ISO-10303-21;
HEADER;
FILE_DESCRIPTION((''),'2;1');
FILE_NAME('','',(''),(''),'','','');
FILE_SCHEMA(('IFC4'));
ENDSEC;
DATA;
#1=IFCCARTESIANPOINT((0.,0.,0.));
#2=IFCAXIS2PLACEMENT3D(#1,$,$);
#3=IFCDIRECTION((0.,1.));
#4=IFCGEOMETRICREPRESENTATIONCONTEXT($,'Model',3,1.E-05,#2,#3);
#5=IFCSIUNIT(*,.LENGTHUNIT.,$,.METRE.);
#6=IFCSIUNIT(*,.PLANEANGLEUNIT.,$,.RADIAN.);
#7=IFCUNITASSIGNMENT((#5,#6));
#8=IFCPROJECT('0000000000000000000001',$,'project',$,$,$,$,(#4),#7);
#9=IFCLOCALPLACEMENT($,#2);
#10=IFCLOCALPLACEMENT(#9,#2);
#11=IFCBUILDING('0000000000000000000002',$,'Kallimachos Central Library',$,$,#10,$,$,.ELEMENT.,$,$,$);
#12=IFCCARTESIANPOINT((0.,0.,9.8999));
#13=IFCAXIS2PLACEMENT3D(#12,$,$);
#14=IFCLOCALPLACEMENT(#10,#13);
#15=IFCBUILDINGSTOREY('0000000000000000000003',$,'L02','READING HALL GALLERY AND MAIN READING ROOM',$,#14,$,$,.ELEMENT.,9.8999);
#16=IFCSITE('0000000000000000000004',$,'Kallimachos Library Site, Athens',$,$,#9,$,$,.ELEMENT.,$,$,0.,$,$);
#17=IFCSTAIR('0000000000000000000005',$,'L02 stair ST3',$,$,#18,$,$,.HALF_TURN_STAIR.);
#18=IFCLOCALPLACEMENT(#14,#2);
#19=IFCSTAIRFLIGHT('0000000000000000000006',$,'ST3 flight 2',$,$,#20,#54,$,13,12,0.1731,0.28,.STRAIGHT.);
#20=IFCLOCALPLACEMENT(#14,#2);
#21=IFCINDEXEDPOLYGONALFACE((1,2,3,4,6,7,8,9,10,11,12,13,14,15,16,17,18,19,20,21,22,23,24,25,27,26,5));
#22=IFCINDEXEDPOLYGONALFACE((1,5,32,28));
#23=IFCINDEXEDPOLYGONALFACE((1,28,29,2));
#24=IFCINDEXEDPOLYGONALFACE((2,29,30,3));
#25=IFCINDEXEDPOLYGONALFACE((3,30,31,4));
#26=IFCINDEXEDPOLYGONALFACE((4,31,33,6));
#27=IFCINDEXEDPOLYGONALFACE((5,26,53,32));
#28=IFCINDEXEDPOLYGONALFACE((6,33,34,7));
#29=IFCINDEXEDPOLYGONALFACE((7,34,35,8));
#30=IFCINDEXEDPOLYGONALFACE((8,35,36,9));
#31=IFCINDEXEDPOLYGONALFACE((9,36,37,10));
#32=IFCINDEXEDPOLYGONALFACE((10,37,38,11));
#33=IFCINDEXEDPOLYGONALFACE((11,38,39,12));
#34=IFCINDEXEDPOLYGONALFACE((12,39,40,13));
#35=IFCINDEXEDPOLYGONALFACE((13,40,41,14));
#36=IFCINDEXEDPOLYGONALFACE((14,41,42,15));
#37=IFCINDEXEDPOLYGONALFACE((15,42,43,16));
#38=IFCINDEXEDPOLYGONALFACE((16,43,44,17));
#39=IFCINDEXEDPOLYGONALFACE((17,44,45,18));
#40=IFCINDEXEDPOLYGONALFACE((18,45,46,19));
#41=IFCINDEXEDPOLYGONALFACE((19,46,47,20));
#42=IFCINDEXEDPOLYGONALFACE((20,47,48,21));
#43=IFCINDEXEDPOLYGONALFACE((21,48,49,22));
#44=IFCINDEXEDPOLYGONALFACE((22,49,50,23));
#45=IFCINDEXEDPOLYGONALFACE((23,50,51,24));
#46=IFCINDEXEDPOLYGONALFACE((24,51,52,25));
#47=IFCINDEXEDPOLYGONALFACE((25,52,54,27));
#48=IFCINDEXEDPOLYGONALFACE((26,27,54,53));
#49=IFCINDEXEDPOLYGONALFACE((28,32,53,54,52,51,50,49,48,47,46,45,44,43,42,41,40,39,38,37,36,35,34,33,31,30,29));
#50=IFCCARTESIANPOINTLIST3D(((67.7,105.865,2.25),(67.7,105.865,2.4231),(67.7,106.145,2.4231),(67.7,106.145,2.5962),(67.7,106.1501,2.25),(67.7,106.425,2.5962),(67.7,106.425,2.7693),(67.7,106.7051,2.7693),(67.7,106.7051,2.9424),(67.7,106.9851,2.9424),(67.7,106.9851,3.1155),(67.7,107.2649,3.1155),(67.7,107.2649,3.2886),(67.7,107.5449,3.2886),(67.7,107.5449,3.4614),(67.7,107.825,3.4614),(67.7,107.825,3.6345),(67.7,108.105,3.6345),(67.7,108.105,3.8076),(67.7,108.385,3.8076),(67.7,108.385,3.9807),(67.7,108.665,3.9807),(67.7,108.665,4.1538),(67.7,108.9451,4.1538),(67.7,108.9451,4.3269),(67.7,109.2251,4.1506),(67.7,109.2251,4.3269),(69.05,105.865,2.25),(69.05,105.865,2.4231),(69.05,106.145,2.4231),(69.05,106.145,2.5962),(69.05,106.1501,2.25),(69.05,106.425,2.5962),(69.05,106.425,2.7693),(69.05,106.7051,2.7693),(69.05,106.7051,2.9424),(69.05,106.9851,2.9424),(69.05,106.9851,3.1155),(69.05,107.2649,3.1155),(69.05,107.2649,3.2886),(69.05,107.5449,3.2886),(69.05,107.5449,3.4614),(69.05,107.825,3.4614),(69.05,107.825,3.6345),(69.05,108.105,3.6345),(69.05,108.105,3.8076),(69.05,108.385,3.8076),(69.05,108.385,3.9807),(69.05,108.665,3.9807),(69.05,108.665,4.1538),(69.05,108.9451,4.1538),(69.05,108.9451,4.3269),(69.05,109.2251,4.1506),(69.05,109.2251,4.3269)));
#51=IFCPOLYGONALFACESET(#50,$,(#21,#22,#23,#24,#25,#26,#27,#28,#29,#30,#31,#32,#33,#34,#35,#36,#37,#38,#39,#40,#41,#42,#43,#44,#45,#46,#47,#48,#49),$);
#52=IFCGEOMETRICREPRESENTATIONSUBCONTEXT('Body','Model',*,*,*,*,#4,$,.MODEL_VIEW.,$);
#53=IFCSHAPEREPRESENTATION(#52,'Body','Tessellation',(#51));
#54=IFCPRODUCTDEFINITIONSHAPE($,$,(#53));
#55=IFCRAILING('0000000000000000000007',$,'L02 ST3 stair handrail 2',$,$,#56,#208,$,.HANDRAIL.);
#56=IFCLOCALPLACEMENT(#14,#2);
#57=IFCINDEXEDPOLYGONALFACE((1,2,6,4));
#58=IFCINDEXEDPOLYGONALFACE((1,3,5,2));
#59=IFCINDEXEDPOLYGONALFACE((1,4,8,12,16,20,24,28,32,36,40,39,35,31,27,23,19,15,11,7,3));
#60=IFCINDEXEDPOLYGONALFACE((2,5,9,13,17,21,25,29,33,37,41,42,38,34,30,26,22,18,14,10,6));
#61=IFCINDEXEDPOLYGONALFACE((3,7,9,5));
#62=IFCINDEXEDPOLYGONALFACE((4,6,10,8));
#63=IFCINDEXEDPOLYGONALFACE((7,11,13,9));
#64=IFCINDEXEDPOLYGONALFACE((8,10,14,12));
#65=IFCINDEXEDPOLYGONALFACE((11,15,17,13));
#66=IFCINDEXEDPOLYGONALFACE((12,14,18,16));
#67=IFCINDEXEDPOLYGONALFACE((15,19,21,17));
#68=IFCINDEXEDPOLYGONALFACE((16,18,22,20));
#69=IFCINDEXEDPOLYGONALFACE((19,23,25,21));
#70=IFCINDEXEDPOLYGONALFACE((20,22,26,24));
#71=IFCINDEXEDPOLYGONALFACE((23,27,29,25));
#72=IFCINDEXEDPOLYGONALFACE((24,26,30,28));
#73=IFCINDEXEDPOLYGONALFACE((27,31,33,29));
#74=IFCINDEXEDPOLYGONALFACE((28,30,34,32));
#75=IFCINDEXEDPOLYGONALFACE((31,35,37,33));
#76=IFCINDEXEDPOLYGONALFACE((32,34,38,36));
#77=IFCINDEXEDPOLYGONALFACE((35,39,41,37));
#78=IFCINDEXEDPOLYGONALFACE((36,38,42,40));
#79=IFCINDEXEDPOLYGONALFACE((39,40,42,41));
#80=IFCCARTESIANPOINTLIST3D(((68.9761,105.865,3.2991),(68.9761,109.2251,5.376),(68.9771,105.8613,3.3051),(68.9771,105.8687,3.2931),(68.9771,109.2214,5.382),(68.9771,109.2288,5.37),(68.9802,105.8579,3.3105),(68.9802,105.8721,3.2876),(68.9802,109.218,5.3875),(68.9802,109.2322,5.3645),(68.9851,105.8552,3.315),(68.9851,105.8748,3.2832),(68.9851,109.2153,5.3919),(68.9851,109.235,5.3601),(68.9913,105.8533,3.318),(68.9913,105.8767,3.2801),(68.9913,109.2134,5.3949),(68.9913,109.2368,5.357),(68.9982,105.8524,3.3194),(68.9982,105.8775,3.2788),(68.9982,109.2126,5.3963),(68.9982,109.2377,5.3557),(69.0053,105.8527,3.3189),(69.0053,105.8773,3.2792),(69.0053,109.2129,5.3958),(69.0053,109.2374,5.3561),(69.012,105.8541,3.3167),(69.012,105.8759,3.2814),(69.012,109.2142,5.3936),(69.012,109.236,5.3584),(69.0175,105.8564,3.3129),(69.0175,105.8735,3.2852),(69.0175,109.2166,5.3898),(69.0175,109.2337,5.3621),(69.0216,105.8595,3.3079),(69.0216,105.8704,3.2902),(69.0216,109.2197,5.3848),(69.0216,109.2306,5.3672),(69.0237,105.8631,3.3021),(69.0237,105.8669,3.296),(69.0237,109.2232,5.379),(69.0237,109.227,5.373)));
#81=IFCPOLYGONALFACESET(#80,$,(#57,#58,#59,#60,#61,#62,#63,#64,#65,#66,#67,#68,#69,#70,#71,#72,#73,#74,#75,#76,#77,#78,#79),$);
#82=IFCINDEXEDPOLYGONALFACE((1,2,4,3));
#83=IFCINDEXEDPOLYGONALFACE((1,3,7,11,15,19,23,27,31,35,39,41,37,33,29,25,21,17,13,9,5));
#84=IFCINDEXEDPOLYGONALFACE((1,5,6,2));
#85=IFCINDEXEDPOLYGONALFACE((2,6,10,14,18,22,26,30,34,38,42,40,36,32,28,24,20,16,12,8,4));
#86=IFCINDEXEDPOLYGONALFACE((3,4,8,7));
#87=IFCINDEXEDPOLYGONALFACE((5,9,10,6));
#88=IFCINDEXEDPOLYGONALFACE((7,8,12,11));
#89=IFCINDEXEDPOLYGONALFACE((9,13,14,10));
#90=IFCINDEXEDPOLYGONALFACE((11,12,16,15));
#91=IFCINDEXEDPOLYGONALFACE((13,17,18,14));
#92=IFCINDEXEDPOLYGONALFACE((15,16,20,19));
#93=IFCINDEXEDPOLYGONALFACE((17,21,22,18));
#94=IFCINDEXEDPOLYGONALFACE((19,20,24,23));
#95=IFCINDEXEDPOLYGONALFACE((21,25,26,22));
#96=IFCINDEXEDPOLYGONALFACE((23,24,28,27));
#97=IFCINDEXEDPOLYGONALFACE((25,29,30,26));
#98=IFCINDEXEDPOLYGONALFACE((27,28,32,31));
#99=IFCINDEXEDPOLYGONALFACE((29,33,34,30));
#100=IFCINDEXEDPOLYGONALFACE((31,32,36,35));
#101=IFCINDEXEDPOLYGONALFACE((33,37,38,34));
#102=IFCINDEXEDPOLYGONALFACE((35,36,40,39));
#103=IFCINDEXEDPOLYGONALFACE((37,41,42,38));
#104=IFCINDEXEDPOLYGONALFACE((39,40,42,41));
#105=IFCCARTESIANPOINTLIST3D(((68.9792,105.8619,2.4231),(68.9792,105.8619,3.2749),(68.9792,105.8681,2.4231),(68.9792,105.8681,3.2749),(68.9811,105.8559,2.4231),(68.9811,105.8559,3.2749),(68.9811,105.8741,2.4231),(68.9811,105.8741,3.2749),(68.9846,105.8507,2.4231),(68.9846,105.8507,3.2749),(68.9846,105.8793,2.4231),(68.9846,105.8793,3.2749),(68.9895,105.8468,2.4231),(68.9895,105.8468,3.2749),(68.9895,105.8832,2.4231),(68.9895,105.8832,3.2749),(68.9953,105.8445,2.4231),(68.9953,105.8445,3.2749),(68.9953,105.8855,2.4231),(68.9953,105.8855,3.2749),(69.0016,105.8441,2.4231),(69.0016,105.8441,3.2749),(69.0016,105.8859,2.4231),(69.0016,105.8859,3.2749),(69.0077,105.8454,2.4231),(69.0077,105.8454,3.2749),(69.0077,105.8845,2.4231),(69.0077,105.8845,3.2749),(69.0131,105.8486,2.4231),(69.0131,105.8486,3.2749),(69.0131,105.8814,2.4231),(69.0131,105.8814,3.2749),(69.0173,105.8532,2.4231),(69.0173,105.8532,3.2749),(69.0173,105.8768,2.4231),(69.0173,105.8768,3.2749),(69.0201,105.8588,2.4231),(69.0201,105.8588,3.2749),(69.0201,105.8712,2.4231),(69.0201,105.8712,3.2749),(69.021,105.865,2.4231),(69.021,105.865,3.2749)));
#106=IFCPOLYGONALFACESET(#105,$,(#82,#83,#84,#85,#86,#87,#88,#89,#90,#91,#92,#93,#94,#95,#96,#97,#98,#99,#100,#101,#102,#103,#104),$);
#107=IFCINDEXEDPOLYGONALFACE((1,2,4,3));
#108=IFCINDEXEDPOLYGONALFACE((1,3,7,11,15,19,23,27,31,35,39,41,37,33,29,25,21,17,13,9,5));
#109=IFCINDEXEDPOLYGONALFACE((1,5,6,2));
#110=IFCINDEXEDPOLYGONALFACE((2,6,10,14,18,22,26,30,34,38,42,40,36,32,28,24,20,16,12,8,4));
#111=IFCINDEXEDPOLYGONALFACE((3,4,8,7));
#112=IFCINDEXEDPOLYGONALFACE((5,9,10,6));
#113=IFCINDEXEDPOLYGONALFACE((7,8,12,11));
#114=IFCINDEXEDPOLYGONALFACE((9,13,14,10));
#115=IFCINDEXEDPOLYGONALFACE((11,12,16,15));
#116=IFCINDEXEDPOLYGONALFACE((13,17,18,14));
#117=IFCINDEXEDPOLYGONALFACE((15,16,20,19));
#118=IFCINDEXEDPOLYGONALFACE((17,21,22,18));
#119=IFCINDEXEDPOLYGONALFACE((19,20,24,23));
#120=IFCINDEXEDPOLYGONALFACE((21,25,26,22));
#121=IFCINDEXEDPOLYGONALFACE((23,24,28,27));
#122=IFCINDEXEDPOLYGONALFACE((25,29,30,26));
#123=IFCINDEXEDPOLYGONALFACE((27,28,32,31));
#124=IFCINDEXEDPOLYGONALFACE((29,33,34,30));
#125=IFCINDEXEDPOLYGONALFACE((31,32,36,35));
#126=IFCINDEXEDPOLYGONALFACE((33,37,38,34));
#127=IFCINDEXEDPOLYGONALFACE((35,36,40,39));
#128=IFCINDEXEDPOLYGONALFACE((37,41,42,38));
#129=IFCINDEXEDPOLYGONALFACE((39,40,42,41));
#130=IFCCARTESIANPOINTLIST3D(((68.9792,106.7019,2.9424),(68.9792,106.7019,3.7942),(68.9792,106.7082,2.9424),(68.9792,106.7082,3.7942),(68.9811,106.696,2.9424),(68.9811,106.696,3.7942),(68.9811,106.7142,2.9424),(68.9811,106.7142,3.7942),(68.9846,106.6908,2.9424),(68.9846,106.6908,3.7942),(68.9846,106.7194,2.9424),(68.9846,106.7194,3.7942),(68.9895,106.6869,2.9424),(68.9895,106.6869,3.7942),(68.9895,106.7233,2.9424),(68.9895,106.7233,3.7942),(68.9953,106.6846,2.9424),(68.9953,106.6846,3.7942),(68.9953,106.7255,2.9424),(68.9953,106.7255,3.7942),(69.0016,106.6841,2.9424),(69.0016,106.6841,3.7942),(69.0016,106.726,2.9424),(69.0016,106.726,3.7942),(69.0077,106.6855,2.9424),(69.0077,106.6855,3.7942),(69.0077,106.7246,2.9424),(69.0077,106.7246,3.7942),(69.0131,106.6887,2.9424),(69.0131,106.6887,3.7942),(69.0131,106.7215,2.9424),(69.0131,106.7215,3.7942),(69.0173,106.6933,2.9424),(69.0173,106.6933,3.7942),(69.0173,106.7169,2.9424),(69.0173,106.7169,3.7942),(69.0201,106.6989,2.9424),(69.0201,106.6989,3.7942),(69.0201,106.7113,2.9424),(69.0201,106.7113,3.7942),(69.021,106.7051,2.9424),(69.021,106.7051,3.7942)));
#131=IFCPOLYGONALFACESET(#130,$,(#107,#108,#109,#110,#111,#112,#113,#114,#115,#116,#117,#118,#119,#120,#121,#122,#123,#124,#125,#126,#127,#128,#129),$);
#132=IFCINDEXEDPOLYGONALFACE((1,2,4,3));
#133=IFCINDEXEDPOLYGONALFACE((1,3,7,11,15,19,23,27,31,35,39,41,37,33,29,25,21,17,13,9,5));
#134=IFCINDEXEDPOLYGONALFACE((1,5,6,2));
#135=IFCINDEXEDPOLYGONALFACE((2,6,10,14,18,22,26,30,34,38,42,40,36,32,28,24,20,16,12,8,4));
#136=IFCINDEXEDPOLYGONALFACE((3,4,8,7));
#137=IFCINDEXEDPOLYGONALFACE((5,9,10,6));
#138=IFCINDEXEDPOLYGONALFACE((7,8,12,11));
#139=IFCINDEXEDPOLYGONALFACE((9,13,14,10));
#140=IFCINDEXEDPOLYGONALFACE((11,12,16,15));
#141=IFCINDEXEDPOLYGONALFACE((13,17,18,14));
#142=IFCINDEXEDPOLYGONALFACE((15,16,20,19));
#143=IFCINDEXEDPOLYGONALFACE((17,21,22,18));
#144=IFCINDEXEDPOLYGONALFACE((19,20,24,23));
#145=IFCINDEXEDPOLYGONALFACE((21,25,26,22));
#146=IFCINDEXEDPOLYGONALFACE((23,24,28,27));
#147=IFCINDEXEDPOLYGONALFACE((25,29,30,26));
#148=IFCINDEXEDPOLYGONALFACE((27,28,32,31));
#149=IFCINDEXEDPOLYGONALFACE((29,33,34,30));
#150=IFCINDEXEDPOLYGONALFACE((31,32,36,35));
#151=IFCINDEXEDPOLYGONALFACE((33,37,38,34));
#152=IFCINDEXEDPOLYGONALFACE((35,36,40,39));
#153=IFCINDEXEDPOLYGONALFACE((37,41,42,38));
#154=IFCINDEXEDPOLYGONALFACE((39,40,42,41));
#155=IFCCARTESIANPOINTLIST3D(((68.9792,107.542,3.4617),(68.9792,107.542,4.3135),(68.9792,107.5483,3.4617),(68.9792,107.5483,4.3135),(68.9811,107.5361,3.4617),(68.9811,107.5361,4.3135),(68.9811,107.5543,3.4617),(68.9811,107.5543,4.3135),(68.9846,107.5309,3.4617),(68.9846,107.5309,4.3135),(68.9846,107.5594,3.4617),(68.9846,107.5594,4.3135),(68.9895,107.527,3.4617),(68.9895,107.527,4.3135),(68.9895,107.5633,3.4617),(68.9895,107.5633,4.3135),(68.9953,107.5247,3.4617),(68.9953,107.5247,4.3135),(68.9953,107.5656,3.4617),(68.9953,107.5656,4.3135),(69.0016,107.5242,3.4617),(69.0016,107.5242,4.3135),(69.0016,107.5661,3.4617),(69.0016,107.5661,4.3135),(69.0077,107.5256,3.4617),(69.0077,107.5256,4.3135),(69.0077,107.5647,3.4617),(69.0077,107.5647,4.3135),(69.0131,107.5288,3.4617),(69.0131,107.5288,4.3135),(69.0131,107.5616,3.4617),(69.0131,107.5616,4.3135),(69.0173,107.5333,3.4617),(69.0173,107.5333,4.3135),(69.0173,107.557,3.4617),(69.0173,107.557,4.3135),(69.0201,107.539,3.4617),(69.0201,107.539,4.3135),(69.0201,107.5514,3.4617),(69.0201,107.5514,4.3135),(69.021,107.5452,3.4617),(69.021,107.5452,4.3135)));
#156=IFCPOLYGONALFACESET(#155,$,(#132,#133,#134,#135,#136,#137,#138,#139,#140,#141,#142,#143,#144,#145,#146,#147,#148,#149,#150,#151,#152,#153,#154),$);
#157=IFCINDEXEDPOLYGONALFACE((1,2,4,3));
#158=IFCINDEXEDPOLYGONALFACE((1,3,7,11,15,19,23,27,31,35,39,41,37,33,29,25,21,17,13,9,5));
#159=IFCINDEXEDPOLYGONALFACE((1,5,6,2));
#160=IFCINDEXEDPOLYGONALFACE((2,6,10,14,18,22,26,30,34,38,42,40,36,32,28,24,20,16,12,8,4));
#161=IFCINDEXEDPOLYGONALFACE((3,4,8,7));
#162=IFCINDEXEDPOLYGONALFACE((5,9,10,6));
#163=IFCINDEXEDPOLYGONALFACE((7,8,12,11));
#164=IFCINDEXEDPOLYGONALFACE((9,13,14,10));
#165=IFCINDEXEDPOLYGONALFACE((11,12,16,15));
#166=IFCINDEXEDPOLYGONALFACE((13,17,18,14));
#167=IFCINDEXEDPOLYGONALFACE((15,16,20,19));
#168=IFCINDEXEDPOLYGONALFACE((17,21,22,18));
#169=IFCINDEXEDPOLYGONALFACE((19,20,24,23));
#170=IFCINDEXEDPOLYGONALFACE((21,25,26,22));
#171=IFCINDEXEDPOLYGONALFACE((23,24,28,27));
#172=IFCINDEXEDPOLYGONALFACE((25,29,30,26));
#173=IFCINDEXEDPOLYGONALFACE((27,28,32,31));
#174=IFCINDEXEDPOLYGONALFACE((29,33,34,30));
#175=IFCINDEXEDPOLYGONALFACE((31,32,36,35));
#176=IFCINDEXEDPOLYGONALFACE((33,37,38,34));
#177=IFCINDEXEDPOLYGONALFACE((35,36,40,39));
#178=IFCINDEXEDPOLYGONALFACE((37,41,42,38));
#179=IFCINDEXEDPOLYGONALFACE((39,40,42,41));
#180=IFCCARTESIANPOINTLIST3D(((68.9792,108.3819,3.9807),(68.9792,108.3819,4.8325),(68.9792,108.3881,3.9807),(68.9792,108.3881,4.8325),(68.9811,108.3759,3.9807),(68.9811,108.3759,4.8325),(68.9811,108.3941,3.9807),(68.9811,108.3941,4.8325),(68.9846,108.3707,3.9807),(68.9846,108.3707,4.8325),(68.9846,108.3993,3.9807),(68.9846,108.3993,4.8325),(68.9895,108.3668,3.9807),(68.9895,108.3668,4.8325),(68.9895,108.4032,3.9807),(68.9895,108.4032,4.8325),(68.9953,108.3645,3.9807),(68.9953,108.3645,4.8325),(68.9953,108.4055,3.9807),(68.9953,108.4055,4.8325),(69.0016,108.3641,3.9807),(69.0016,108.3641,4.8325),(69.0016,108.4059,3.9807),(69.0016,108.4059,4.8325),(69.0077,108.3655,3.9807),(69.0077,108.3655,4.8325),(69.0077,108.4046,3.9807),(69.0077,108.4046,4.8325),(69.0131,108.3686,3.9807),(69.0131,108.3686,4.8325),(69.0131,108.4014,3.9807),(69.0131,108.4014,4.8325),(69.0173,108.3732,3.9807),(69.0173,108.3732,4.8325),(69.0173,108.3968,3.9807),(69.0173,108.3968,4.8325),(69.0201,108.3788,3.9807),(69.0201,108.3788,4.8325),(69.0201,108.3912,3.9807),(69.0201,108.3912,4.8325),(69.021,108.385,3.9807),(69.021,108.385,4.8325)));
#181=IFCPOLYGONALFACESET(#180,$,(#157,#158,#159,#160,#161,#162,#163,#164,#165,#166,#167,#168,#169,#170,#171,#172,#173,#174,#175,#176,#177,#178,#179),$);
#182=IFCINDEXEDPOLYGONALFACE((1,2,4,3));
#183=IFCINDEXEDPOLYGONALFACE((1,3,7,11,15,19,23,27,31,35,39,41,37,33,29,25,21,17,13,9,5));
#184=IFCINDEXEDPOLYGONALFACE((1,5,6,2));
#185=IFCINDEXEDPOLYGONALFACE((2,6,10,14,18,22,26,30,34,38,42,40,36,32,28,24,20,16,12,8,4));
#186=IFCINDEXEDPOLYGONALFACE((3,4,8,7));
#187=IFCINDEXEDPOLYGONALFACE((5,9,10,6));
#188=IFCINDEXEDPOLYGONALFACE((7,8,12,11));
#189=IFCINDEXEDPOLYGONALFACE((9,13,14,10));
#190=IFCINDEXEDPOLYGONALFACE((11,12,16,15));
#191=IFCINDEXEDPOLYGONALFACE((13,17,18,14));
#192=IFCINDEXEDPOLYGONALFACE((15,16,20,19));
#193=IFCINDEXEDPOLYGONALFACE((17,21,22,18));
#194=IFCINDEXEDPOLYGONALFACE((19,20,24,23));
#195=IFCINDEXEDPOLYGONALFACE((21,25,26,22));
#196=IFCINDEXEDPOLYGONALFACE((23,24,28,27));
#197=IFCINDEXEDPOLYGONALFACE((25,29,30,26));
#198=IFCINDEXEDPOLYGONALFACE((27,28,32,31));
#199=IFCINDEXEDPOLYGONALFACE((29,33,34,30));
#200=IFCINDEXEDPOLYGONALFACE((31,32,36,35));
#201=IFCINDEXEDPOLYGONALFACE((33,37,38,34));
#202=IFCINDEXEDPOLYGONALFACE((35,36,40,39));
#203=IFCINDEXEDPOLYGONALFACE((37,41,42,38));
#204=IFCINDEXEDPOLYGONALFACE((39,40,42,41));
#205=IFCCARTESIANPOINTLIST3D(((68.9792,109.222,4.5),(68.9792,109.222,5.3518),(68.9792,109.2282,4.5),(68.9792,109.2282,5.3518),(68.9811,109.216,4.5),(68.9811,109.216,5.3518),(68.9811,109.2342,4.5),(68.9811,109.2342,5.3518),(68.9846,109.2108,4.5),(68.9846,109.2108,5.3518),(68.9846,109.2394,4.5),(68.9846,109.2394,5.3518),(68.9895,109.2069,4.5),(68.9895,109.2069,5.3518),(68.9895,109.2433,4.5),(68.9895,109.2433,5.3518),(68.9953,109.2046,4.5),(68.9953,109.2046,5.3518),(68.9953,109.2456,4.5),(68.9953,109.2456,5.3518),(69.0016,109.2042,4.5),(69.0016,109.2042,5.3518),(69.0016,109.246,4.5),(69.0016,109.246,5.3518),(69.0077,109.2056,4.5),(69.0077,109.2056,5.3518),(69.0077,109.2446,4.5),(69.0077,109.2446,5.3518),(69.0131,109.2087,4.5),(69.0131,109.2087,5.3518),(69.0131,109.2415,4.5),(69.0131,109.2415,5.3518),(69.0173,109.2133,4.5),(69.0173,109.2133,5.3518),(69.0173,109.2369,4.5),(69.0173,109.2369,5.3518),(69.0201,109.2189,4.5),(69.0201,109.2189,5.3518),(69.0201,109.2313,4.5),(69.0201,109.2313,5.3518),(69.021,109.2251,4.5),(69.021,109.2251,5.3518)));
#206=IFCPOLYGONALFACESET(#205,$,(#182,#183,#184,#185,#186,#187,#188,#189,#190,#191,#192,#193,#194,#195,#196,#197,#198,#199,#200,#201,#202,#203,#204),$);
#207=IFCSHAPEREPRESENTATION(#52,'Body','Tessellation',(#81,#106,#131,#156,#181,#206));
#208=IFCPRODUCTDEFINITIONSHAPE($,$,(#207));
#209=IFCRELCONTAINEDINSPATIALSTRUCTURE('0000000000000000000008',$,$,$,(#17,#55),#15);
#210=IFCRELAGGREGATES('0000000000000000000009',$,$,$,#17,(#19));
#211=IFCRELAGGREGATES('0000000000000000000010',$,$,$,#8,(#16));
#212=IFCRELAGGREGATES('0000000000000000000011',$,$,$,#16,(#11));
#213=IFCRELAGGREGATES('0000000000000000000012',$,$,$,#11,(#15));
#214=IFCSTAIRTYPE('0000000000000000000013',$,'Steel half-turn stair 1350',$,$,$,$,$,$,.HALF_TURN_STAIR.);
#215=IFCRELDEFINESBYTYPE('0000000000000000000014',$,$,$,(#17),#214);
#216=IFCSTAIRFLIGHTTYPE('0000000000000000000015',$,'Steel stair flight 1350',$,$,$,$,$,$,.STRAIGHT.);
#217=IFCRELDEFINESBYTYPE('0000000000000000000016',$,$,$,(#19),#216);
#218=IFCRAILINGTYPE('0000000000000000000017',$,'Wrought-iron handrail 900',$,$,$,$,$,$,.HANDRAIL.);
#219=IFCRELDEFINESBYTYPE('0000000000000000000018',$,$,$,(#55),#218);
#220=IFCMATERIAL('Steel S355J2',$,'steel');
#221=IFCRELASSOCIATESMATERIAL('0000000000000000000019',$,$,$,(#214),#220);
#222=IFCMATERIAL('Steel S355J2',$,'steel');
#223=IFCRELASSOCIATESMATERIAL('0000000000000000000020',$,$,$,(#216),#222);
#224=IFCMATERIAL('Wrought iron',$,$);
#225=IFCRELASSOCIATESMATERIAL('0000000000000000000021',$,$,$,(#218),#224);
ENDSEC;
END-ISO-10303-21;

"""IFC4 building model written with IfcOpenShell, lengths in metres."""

from ifc_helpers import new_model, si_unit, direction, frame, origin, origin_2d, place, context, subcontext, project, spatial, polyline, circle, outline, extrude, material, type_object, element, aggregate, save


model = new_model("IFC4")

# Units and contexts
model_context = context("Model", 3, precision=1e-05, world=origin(), true_north=direction((0.0, 1.0)))
body_context = subcontext(model_context, "Body", "Model", "MODEL_VIEW")
ifc_project = project(units=[si_unit("LENGTHUNIT", "METRE"), si_unit("PLANEANGLEUNIT", "RADIAN")], contexts=[model_context])

# Site, building, storey
site_placement = place(None, origin())
site = spatial("IfcSite", under=ifc_project, at=site_placement, Name="Kallimachos Library Site, Athens", CompositionType="ELEMENT", RefElevation=0.0)
building_placement = place(site_placement, origin())
building = spatial("IfcBuilding", under=site, at=building_placement, Name="Kallimachos Central Library", CompositionType="ELEMENT")
storey_placement = place(building_placement, frame((0.0, 0.0, 9.8999)))
storey = spatial("IfcBuildingStorey", under=building, at=storey_placement, Name="L02", Description="READING HALL GALLERY AND MAIN READING ROOM", CompositionType="ELEMENT", Elevation=9.8999)

# Stair, stair flight
ifc_material_1 = material(Name="Steel S355J2", Category="steel")
stair_type = type_object("IfcStairType", Name="Steel half-turn stair 1350", PredefinedType="HALF_TURN_STAIR", material=ifc_material_1)
stair_placement = place(storey_placement, origin())
stair = element("IfcStair", 1, at=stair_placement, inside=storey, type_object=stair_type, Name="L02 stair ST3", PredefinedType="HALF_TURN_STAIR")
ifc_material_2 = material(Name="Steel S355J2", Category="steel")
stair_flight_type = type_object("IfcStairFlightType", Name="Steel stair flight 1350", PredefinedType="STRAIGHT", material=ifc_material_2)
stair_flight_placement = place(storey_placement, frame((68.375, 105.865, 2.25), z_axis=(0.0, 0.0, 1.0), x_axis=(0.0, 1.0, 0.0)))
stair_flight = element("IfcStairFlight", 2, at=stair_flight_placement, type_object=stair_flight_type, Name="ST3 flight 2", NumberOfRisers=13, NumberOfTreads=12, PredefinedType="STRAIGHT", RiserHeight=0.1731, TreadLength=0.28, context=body_context, shape_type="SweptSolid", body=[
    extrude(outline(polyline([(0.0, 0.0), (0.0, 0.1731), (0.28, 0.1731), (0.28, 0.3462), (0.5601, 0.3462), (0.5601, 0.5193), (0.8401, 0.5193), (0.8401, 0.6924), (1.1201, 0.6924), (1.1201, 0.8655), (1.3999, 0.8655), (1.3999, 1.0386), (1.6799, 1.0386), (1.6799, 1.2114), (1.96, 1.2114), (1.96, 1.3845), (2.24, 1.3845), (2.24, 1.5576), (2.52, 1.5576), (2.52, 1.7307), (2.8, 1.7307), (2.8, 1.9038), (3.0801, 1.9038), (3.0801, 2.0769), (3.3601, 2.0769), (3.3601, 2.25), (3.3601, 1.9006), (0.2852, 0.0), (0.0, 0.0)])), frame((0.0, 0.675, 0.0), z_axis=(0.0, -1.0, 0.0), x_axis=(1.0, 0.0, 0.0)), (0.0, 0.0, 1.0), 1.3501),
])
aggregate(stair, [stair_flight])

# Railing
ifc_material_3 = material(Name="Wrought iron")
railing_type_1 = type_object("IfcRailingType", Name="Wrought-iron handrail 900", PredefinedType="HANDRAIL", material=ifc_material_3)
railing_1_placement = place(storey_placement, frame((69.0, 105.865, 2.4231)))
element("IfcRailing", 3, at=railing_1_placement, inside=storey, type_object=railing_type_1, Name="L02 ST3 stair handrail 2", PredefinedType="HANDRAIL", context=body_context, shape_type="SweptSolid", body=[
    extrude(circle(Radius=0.0239, at=origin_2d()), frame((0.0, 0.0, 0.876), z_axis=(0.0, 0.850623, 0.525776), x_axis=(-1.0, 0.0, 0.0)), (0.0, 0.0, 1.0), 3.9502),
    extrude(circle(Radius=0.021, at=origin_2d()), origin(), (0.0, 0.0, 1.0), 0.8518),
    extrude(circle(Radius=0.021, at=origin_2d()), frame((0.0, 0.8401, 0.5193)), (0.0, 0.0, 1.0), 0.8518),
    extrude(circle(Radius=0.021, at=origin_2d()), frame((0.0, 1.6802, 1.0386)), (0.0, 0.0, 1.0), 0.8518),
    extrude(circle(Radius=0.021, at=origin_2d()), frame((0.0, 2.52, 1.5576)), (0.0, 0.0, 1.0), 0.8518),
    extrude(circle(Radius=0.021, at=origin_2d()), frame((0.0, 3.3601, 2.0769)), (0.0, 0.0, 1.0), 0.8518),
])

save(model, "model.ifc")
